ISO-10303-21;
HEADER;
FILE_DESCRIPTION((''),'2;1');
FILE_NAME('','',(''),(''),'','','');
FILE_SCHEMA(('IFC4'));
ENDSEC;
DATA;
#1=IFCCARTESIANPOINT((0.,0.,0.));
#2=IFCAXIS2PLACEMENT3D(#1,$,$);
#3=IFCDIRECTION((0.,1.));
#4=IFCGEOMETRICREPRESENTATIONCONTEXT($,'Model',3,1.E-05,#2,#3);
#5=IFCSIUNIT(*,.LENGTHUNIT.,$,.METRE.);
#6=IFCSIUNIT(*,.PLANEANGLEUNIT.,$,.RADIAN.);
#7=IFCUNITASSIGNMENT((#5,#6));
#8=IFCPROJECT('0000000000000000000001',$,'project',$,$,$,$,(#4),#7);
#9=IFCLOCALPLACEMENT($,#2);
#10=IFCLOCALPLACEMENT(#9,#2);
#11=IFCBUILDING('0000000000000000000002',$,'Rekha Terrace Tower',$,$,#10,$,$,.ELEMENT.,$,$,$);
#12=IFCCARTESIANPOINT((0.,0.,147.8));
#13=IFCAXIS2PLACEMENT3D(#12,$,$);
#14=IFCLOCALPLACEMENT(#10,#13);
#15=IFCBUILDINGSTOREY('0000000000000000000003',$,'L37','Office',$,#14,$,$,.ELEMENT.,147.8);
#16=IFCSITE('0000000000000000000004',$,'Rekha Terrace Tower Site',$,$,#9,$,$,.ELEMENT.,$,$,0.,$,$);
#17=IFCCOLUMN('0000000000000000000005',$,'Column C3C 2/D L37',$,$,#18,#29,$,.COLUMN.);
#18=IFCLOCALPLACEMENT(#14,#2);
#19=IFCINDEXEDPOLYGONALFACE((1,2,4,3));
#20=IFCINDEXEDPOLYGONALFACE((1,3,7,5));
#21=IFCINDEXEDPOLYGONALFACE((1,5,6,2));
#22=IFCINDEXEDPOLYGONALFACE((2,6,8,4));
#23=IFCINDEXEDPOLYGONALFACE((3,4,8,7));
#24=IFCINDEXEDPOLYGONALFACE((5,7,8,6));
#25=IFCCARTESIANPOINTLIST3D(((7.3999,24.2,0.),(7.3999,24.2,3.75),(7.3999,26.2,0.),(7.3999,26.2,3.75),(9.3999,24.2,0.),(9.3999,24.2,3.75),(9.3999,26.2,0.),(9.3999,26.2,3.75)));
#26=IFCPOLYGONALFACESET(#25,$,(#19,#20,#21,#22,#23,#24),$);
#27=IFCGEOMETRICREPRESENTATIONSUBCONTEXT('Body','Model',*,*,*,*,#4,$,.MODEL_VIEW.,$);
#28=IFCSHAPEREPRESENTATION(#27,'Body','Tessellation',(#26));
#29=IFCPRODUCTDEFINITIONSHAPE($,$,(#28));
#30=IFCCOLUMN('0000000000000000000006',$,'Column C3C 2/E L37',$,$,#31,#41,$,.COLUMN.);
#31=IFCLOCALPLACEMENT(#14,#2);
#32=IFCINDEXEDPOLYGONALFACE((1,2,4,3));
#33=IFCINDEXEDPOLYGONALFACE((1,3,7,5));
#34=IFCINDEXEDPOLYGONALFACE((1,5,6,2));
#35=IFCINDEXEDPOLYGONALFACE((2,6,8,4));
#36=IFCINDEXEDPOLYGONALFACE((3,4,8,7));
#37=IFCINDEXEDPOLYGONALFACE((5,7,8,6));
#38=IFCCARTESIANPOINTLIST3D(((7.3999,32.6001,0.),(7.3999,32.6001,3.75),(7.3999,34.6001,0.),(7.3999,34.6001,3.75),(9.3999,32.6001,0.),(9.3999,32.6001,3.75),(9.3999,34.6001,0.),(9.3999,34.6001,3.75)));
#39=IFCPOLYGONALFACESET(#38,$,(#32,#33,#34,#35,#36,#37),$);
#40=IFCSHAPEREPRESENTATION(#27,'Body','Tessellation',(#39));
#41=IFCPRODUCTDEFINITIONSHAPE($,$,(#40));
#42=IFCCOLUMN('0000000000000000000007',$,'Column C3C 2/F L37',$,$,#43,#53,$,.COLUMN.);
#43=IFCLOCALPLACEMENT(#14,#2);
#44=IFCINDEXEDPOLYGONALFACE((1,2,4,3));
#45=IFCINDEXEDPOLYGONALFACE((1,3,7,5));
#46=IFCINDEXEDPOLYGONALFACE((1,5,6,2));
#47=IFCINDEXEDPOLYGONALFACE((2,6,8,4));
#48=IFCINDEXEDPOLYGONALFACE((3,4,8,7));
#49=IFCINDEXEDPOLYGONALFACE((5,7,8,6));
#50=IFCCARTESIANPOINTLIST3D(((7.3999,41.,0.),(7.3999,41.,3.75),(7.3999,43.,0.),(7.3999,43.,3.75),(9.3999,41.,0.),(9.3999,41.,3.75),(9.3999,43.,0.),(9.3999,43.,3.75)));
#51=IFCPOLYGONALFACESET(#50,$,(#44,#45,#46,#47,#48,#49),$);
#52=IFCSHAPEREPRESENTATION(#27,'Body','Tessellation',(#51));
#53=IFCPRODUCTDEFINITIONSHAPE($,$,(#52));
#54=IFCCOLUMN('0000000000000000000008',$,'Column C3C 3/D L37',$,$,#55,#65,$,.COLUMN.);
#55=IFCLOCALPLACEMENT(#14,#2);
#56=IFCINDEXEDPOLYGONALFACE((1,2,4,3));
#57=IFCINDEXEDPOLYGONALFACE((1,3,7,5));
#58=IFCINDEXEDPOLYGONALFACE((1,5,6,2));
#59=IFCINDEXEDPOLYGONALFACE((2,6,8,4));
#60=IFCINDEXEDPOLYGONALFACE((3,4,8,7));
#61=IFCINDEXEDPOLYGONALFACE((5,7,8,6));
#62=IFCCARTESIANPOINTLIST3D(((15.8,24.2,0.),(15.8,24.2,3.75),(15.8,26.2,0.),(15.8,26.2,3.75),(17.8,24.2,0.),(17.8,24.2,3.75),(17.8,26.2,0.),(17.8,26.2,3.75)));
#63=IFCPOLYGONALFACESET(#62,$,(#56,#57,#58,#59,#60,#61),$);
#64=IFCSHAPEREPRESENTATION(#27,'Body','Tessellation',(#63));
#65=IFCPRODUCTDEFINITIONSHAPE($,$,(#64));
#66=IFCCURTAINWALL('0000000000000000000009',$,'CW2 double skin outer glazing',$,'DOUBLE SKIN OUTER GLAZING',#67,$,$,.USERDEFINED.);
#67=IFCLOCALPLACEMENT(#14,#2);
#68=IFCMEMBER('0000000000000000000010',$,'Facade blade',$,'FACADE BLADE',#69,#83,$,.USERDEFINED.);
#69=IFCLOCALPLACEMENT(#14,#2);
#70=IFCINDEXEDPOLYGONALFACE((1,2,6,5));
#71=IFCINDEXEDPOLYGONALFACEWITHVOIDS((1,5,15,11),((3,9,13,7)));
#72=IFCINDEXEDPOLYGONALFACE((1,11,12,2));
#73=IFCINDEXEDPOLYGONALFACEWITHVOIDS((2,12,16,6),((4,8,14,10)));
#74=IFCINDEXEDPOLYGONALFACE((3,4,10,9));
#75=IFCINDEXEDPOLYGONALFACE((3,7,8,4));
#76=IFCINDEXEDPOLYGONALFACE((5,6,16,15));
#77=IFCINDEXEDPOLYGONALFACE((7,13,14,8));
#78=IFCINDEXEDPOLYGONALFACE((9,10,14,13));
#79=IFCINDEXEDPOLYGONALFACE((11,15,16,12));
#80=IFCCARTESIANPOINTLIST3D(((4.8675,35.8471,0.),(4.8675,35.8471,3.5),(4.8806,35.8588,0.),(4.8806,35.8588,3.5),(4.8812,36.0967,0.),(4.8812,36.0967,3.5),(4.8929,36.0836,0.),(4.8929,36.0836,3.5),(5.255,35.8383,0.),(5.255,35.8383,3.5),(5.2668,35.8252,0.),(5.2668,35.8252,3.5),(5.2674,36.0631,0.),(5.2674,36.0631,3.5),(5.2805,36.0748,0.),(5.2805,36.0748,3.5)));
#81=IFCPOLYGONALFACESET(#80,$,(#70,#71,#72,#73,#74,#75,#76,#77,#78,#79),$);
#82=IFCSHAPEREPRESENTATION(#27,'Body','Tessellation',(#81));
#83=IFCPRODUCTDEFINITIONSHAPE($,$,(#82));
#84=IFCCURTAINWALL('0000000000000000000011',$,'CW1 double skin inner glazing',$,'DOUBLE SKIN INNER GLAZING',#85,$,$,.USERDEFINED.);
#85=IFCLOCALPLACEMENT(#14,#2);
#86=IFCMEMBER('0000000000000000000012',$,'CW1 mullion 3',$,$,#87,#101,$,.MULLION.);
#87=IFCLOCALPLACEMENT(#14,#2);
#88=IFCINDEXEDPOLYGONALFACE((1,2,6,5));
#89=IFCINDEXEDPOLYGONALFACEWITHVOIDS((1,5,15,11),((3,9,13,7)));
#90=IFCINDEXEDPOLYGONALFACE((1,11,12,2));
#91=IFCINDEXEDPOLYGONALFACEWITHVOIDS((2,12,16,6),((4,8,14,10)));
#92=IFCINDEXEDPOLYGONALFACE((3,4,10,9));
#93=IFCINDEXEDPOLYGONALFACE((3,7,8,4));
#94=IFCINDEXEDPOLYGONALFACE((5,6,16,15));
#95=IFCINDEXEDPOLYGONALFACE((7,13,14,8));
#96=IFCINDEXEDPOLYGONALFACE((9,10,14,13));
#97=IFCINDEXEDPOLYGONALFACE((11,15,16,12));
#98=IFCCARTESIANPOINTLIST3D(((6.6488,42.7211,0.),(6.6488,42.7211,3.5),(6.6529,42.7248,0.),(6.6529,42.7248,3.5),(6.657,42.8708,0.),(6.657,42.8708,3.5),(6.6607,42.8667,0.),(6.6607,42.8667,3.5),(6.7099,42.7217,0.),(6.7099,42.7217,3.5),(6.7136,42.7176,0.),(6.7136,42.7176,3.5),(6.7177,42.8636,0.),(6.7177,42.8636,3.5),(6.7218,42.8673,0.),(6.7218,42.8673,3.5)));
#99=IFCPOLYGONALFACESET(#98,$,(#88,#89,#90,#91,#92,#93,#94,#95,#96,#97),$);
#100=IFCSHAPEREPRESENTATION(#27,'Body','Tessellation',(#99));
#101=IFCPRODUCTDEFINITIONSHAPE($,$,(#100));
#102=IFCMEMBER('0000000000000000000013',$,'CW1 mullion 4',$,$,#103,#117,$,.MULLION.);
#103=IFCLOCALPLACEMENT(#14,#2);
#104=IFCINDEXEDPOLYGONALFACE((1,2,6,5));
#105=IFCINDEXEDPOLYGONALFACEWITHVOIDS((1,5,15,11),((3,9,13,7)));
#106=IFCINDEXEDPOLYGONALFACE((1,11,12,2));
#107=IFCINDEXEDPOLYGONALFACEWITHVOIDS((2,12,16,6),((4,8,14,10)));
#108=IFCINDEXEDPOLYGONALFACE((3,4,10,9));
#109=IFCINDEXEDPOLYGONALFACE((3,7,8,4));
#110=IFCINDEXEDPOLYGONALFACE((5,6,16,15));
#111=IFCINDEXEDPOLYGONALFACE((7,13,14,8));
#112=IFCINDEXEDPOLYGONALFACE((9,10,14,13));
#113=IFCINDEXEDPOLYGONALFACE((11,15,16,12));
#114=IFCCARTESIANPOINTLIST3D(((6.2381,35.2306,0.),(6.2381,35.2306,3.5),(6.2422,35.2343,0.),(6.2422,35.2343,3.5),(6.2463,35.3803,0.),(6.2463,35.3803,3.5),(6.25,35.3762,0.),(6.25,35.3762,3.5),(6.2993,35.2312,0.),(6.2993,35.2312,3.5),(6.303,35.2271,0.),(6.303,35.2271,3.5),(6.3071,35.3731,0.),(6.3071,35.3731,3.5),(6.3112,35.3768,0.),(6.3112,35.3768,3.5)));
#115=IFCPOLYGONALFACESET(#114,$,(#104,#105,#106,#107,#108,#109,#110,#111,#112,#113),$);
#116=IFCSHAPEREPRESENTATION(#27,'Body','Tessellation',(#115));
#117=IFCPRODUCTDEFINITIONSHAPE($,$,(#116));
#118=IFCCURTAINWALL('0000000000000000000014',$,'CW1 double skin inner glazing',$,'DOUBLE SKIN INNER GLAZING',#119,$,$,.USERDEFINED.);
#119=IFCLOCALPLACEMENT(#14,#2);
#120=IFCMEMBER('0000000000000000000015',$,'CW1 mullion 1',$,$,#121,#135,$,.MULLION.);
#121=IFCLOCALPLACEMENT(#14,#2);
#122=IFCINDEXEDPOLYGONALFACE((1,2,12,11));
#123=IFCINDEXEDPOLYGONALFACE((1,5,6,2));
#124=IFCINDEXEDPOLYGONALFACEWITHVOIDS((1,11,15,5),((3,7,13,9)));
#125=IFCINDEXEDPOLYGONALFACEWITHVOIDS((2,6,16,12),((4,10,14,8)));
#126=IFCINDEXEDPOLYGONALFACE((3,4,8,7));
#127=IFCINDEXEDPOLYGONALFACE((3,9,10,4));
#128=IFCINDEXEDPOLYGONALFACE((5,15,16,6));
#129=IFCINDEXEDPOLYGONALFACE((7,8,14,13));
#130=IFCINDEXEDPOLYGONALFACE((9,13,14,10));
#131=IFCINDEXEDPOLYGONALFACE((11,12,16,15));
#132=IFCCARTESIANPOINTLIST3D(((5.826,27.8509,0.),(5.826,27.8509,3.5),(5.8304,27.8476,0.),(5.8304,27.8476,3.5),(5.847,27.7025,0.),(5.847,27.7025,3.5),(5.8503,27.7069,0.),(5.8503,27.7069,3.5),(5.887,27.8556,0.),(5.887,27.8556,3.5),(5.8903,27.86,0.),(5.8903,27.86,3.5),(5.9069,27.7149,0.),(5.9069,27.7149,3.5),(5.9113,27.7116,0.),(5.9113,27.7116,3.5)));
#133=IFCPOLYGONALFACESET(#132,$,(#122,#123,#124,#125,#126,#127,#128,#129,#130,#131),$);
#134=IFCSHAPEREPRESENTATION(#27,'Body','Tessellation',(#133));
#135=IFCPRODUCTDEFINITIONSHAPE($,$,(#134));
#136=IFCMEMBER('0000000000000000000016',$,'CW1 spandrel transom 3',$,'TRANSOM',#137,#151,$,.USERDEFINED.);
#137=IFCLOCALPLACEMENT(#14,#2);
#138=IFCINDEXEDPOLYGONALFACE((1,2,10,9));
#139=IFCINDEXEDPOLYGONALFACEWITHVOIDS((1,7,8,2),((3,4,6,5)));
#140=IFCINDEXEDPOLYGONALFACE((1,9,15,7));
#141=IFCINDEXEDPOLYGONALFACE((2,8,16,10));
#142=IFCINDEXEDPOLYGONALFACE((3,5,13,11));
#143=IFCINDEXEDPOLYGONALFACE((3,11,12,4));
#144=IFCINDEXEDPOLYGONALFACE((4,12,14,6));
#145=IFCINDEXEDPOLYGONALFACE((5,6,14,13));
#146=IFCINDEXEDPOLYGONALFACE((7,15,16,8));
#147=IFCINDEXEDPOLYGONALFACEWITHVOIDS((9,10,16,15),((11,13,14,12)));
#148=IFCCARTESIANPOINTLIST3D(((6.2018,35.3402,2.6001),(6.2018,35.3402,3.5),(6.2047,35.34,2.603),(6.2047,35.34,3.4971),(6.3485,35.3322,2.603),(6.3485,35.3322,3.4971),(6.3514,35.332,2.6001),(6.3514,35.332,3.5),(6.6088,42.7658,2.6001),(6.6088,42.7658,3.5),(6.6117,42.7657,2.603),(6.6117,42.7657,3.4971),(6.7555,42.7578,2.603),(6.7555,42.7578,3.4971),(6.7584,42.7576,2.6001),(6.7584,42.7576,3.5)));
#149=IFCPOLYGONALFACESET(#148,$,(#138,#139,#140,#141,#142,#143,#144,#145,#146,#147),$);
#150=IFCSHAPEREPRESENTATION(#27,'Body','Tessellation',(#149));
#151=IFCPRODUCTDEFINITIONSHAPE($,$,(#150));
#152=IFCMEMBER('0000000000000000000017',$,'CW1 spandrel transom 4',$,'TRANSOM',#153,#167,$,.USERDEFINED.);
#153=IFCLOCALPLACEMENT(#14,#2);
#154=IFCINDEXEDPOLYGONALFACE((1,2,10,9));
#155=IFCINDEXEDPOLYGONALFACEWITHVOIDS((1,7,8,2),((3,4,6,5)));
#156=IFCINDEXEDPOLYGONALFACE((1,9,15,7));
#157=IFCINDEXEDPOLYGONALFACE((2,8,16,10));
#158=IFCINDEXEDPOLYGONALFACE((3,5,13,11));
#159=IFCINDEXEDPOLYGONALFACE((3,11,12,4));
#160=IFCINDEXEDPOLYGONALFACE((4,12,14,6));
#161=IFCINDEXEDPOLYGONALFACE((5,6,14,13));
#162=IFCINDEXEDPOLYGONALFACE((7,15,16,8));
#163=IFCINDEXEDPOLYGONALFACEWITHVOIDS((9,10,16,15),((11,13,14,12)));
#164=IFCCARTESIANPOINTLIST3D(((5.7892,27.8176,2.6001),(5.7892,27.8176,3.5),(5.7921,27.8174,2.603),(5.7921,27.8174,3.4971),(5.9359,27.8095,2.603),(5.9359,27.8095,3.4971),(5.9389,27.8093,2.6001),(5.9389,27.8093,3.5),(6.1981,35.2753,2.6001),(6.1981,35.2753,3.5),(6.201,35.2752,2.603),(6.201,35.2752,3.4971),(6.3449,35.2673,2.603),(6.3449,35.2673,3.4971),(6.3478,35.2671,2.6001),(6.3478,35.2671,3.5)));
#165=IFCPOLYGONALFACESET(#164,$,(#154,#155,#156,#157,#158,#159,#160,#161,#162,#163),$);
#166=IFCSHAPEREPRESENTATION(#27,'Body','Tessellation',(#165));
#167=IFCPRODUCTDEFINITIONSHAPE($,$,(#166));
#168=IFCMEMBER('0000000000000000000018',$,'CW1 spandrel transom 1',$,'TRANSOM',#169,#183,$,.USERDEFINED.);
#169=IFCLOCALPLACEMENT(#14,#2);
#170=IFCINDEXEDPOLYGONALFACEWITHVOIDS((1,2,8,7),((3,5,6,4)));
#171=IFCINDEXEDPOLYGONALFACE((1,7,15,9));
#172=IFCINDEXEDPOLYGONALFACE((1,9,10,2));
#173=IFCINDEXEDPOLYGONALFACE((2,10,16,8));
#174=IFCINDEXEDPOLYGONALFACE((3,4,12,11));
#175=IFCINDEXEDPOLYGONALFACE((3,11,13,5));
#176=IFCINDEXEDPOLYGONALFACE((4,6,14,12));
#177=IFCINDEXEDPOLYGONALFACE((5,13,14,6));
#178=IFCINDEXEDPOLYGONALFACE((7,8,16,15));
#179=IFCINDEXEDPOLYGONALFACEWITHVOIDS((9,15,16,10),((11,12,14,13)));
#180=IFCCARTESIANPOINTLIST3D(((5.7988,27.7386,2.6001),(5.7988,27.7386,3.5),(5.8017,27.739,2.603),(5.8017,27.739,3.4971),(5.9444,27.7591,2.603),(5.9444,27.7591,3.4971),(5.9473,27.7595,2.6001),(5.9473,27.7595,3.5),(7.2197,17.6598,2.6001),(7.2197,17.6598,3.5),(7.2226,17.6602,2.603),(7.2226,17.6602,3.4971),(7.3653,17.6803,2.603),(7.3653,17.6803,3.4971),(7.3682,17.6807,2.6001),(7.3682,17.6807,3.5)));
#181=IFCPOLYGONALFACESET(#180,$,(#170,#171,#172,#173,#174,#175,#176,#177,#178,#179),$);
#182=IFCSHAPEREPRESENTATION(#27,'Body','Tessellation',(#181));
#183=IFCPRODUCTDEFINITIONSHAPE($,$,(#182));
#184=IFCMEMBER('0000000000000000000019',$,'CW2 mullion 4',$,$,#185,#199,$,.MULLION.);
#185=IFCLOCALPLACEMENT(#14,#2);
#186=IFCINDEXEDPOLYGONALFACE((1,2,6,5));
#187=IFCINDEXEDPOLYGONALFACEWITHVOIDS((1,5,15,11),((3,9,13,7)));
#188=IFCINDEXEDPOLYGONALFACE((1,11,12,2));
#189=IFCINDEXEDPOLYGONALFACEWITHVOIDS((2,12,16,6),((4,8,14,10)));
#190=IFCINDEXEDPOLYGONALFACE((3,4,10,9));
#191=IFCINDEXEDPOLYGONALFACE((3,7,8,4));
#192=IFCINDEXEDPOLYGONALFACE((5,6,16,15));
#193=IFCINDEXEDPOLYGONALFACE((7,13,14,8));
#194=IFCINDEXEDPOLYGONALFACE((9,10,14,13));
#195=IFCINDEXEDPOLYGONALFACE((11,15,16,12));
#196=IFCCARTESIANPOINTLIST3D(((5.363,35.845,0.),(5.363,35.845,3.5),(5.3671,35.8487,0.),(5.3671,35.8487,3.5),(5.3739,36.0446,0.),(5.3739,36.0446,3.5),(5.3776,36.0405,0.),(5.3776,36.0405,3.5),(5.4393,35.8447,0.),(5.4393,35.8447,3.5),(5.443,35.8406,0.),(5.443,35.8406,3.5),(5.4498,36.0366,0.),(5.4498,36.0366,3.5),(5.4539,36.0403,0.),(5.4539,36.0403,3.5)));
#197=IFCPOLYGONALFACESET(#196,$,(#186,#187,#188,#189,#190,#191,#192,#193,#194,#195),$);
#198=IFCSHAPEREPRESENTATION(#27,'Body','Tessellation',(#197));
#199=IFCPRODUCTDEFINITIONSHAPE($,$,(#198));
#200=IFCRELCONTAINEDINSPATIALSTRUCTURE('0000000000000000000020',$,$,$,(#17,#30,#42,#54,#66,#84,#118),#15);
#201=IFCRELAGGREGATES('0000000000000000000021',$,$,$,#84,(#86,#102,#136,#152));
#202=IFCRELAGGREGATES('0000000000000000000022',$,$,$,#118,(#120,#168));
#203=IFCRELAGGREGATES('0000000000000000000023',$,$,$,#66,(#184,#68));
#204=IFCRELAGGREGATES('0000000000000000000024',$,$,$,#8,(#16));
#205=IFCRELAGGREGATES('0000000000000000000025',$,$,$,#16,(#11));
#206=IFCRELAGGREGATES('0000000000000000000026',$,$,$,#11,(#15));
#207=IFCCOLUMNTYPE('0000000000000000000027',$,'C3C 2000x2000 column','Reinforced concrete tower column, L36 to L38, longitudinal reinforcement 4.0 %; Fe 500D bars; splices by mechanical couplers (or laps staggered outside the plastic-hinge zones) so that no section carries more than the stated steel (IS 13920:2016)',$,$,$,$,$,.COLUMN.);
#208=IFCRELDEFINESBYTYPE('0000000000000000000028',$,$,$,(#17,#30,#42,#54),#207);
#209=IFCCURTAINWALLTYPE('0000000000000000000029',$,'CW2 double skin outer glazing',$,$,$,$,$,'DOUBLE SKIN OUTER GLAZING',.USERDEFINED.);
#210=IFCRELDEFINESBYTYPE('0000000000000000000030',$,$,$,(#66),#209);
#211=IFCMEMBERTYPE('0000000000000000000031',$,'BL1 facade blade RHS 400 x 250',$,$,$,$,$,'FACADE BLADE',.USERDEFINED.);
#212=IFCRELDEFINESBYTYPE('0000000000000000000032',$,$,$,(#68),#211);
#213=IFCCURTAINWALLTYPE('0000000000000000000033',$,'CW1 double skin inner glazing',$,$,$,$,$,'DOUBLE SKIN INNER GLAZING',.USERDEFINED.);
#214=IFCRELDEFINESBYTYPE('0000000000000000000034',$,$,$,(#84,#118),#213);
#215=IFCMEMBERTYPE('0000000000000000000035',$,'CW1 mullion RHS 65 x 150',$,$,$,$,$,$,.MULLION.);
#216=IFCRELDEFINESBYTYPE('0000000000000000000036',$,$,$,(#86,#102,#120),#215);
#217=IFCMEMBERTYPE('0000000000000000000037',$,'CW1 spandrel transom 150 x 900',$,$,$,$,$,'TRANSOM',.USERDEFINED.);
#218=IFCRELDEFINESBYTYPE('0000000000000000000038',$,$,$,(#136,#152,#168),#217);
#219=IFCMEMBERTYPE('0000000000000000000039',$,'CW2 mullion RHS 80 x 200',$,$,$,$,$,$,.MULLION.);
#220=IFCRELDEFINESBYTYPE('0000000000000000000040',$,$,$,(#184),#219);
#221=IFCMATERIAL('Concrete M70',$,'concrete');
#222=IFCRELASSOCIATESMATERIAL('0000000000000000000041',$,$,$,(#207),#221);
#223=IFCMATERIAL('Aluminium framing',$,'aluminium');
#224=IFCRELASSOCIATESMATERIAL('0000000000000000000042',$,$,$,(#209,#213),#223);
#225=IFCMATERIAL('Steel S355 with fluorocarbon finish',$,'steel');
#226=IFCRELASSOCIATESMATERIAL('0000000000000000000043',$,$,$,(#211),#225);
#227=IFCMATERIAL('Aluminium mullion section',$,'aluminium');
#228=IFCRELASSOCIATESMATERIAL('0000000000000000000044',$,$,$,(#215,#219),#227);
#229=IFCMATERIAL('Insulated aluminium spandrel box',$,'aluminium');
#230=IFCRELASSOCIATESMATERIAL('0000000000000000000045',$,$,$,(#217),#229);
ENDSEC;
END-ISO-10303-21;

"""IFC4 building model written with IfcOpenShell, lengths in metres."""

from ifc_helpers import new_model, si_unit, direction, frame, origin, origin_2d, place, context, subcontext, project, spatial, rectangle, hollow_rectangle, extrude, material, material_profile, profile_set, type_object, element, aggregate, save


model = new_model("IFC4")

# Units and contexts
model_context = context("Model", 3, precision=1e-05, world=origin(), true_north=direction((0.0, 1.0)))
body_context = subcontext(model_context, "Body", "Model", "MODEL_VIEW")
ifc_project = project(units=[si_unit("LENGTHUNIT", "METRE"), si_unit("PLANEANGLEUNIT", "RADIAN")], contexts=[model_context])

# Site, building, storey
site_placement = place(None, origin())
site = spatial("IfcSite", under=ifc_project, at=site_placement, Name="Rekha Terrace Tower Site", CompositionType="ELEMENT", RefElevation=0.0)
building_placement = place(site_placement, origin())
building = spatial("IfcBuilding", under=site, at=building_placement, Name="Rekha Terrace Tower", CompositionType="ELEMENT")
storey_placement = place(building_placement, frame((0.0, 0.0, 147.8)))
storey = spatial("IfcBuildingStorey", under=building, at=storey_placement, Name="L37", Description="Office", CompositionType="ELEMENT", Elevation=147.8)

# Columns
ifc_material_1 = material(Name="Concrete M70", Category="concrete")
ifc_material_profile_1 = material_profile(ifc_material_1, rectangle(XDim=2.0, YDim=2.0, at=origin_2d()), Name="RC 2000x2000")
ifc_profile_set_1 = profile_set([ifc_material_profile_1], Name="Concrete M70")
column_type = type_object("IfcColumnType", Name="C3C 2000x2000 column", Description="Reinforced concrete tower column, L36 to L38, longitudinal reinforcement 4.0 %; Fe 500D bars; splices by mechanical couplers (or laps staggered outside the plastic-hinge zones) so that no section carries more than the stated steel (IS 13920:2016)", PredefinedType="COLUMN", material=ifc_profile_set_1)
for number, where, z_axis, x_axis, name in (
    (1, (8.3999, 25.2, 0.0), (0.0, 0.0, 1.0), (1.0, 0.0, 0.0), "Column C3C 2/D L37"),
    (2, (8.3999, 33.6001, 0.0), (0.0, 0.0, 1.0), (1.0, 0.0, 0.0), "Column C3C 2/E L37"),
    (3, (8.3999, 42.0, 0.0), (0.0, 0.0, 1.0), (1.0, 0.0, 0.0), "Column C3C 2/F L37"),
    (4, (16.8, 25.2, 0.0), (0.0, 0.0, 1.0), (1.0, 0.0, 0.0), "Column C3C 3/D L37"),
):
    element("IfcColumn", number, at=place(storey_placement, frame(where, z_axis=z_axis, x_axis=x_axis)), inside=storey, type_object=column_type, Name=name, PredefinedType="COLUMN", context=body_context, shape_type="SweptSolid", body=[
        extrude(rectangle(XDim=2.0, YDim=2.0, at=origin_2d()), origin(), (0.0, 0.0, 1.0), 3.75),
    ])

# Curtain wall, member
ifc_material_2 = material(Name="Aluminium framing", Category="aluminium")
curtain_wall_type_1 = type_object("IfcCurtainWallType", Name="CW2 double skin outer glazing", ElementType="DOUBLE SKIN OUTER GLAZING", PredefinedType="USERDEFINED", material=ifc_material_2)
curtain_wall_1_placement = place(storey_placement, origin())
curtain_wall_1 = element("IfcCurtainWall", 5, at=curtain_wall_1_placement, inside=storey, type_object=curtain_wall_type_1, Name="CW2 double skin outer glazing", ObjectType="DOUBLE SKIN OUTER GLAZING", PredefinedType="USERDEFINED")
ifc_material_3 = material(Name="Steel S355 with fluorocarbon finish", Category="steel")
ifc_material_profile_2 = material_profile(ifc_material_3, hollow_rectangle(XDim=0.25, YDim=0.3999, WallThickness=0.0125, at=origin_2d()), Name="RHS400x250x12.5")
ifc_profile_set_2 = profile_set([ifc_material_profile_2], Name="Steel S355 with fluorocarbon finish")
member_type_1 = type_object("IfcMemberType", Name="BL1 facade blade RHS 400 x 250", ElementType="FACADE BLADE", PredefinedType="USERDEFINED", material=ifc_profile_set_2)
member_1_placement = place(storey_placement, frame((5.074, 35.9609, 0.0), z_axis=(0.0, 0.0, 1.0), x_axis=(-0.054743, -0.9985, 0.0)))
member_1 = element("IfcMember", 6, at=member_1_placement, type_object=member_type_1, Name="Facade blade", ObjectType="FACADE BLADE", PredefinedType="USERDEFINED", context=body_context, shape_type="SweptSolid", body=[
    extrude(hollow_rectangle(XDim=0.25, YDim=0.3999, WallThickness=0.0125, at=origin_2d()), origin(), (0.0, 0.0, 1.0), 3.5),
])

# Curtain wall, members
curtain_wall_type_2 = type_object("IfcCurtainWallType", Name="CW1 double skin inner glazing", ElementType="DOUBLE SKIN INNER GLAZING", PredefinedType="USERDEFINED", material=ifc_material_2)
curtain_wall_2_placement = place(storey_placement, origin())
curtain_wall_2 = element("IfcCurtainWall", 7, at=curtain_wall_2_placement, inside=storey, type_object=curtain_wall_type_2, Name="CW1 double skin inner glazing", ObjectType="DOUBLE SKIN INNER GLAZING", PredefinedType="USERDEFINED")
ifc_material_4 = material(Name="Aluminium mullion section", Category="aluminium")
ifc_material_profile_3 = material_profile(ifc_material_4, hollow_rectangle(XDim=0.0649, YDim=0.1499, WallThickness=0.0039, at=origin_2d()), Name="AL RHS 65x150")
ifc_profile_set_3 = profile_set([ifc_material_profile_3], Name="Aluminium mullion section")
member_type_2 = type_object("IfcMemberType", Name="CW1 mullion RHS 65 x 150", PredefinedType="MULLION", material=ifc_profile_set_3)
member_2_placement = place(storey_placement, frame((6.6853, 42.7942, 0.0), z_axis=(0.0, 0.0, 1.0), x_axis=(0.998501, -0.054742, 0.0)))
member_2 = element("IfcMember", 8, at=member_2_placement, type_object=member_type_2, Name="CW1 mullion 3", PredefinedType="MULLION", context=body_context, shape_type="SweptSolid", body=[
    extrude(hollow_rectangle(XDim=0.0649, YDim=0.1499, WallThickness=0.0039, at=origin_2d()), origin(), (0.0, 0.0, 1.0), 3.5),
])
member_3_placement = place(storey_placement, frame((6.2747, 35.3037, 0.0), z_axis=(0.0, 0.0, 1.0), x_axis=(0.998501, -0.054742, 0.0)))
member_3 = element("IfcMember", 9, at=member_3_placement, type_object=member_type_2, Name="CW1 mullion 4", PredefinedType="MULLION", context=body_context, shape_type="SweptSolid", body=[
    extrude(hollow_rectangle(XDim=0.0649, YDim=0.1499, WallThickness=0.0039, at=origin_2d()), origin(), (0.0, 0.0, 1.0), 3.5),
])

# Curtain wall, member
curtain_wall_3_placement = place(storey_placement, origin())
curtain_wall_3 = element("IfcCurtainWall", 10, at=curtain_wall_3_placement, inside=storey, type_object=curtain_wall_type_2, Name="CW1 double skin inner glazing", ObjectType="DOUBLE SKIN INNER GLAZING", PredefinedType="USERDEFINED")
member_4_placement = place(storey_placement, frame((5.8687, 27.7812, 0.0), z_axis=(0.0, 0.0, 1.0), x_axis=(0.990208, 0.139597, 0.0)))
member_4 = element("IfcMember", 11, at=member_4_placement, type_object=member_type_2, Name="CW1 mullion 1", PredefinedType="MULLION", context=body_context, shape_type="SweptSolid", body=[
    extrude(hollow_rectangle(XDim=0.0649, YDim=0.1499, WallThickness=0.0039, at=origin_2d()), origin(), (0.0, 0.0, 1.0), 3.5),
])

# Members
ifc_material_5 = material(Name="Insulated aluminium spandrel box", Category="aluminium")
ifc_material_profile_4 = material_profile(ifc_material_5, hollow_rectangle(XDim=0.1499, YDim=0.8999, WallThickness=0.0029, at=origin_2d()), Name="AL SPANDREL BOX 150x900")
ifc_profile_set_4 = profile_set([ifc_material_profile_4], Name="Insulated aluminium spandrel box")
member_type_3 = type_object("IfcMemberType", Name="CW1 spandrel transom 150 x 900", ElementType="TRANSOM", PredefinedType="USERDEFINED", material=ifc_profile_set_4)
member_5_placement = place(storey_placement, frame((6.6836, 42.7617, 3.05), z_axis=(-0.054726, -0.998501, 0.0), x_axis=(0.998501, -0.054726, 0.0)))
member_5 = element("IfcMember", 12, at=member_5_placement, type_object=member_type_3, Name="CW1 spandrel transom 3", ObjectType="TRANSOM", PredefinedType="USERDEFINED", context=body_context, shape_type="SweptSolid", body=[
    extrude(hollow_rectangle(XDim=0.1499, YDim=0.8999, WallThickness=0.0029, at=origin_2d()), origin(), (0.0, 0.0, 1.0), 7.4368),
])
member_6_placement = place(storey_placement, frame((6.2729, 35.2712, 3.05), z_axis=(-0.054751, -0.9985, 0.0), x_axis=(0.9985, -0.054751, 0.0)))
member_6 = element("IfcMember", 13, at=member_6_placement, type_object=member_type_3, Name="CW1 spandrel transom 4", ObjectType="TRANSOM", PredefinedType="USERDEFINED", context=body_context, shape_type="SweptSolid", body=[
    extrude(hollow_rectangle(XDim=0.1499, YDim=0.8999, WallThickness=0.0029, at=origin_2d()), origin(), (0.0, 0.0, 1.0), 7.469),
])
member_7_placement = place(storey_placement, frame((5.873, 27.749, 3.05), z_axis=(0.139598, -0.990208, 0.0), x_axis=(0.990208, 0.139598, 0.0)))
member_7 = element("IfcMember", 14, at=member_7_placement, type_object=member_type_3, Name="CW1 spandrel transom 1", ObjectType="TRANSOM", PredefinedType="USERDEFINED", context=body_context, shape_type="SweptSolid", body=[
    extrude(hollow_rectangle(XDim=0.1499, YDim=0.8999, WallThickness=0.0029, at=origin_2d()), origin(), (0.0, 0.0, 1.0), 10.1785),
])
ifc_material_profile_5 = material_profile(ifc_material_4, hollow_rectangle(XDim=0.0801, YDim=0.2, WallThickness=0.0039, at=origin_2d()), Name="AL RHS 80x200")
ifc_profile_set_5 = profile_set([ifc_material_profile_5], Name="Aluminium mullion section")
member_type_4 = type_object("IfcMemberType", Name="CW2 mullion RHS 80 x 200", PredefinedType="MULLION", material=ifc_profile_set_5)
member_8_placement = place(storey_placement, frame((5.4084, 35.9426, 0.0), z_axis=(0.0, 0.0, 1.0), x_axis=(0.998501, -0.054742, 0.0)))
member_8 = element("IfcMember", 15, at=member_8_placement, type_object=member_type_4, Name="CW2 mullion 4", PredefinedType="MULLION", context=body_context, shape_type="SweptSolid", body=[
    extrude(hollow_rectangle(XDim=0.0801, YDim=0.2, WallThickness=0.0039, at=origin_2d()), origin(), (0.0, 0.0, 1.0), 3.5),
])

aggregate(curtain_wall_2, [member_2, member_3, member_5, member_6])
aggregate(curtain_wall_3, [member_4, member_7])
aggregate(curtain_wall_1, [member_8, member_1])

save(model, "model.ifc")
